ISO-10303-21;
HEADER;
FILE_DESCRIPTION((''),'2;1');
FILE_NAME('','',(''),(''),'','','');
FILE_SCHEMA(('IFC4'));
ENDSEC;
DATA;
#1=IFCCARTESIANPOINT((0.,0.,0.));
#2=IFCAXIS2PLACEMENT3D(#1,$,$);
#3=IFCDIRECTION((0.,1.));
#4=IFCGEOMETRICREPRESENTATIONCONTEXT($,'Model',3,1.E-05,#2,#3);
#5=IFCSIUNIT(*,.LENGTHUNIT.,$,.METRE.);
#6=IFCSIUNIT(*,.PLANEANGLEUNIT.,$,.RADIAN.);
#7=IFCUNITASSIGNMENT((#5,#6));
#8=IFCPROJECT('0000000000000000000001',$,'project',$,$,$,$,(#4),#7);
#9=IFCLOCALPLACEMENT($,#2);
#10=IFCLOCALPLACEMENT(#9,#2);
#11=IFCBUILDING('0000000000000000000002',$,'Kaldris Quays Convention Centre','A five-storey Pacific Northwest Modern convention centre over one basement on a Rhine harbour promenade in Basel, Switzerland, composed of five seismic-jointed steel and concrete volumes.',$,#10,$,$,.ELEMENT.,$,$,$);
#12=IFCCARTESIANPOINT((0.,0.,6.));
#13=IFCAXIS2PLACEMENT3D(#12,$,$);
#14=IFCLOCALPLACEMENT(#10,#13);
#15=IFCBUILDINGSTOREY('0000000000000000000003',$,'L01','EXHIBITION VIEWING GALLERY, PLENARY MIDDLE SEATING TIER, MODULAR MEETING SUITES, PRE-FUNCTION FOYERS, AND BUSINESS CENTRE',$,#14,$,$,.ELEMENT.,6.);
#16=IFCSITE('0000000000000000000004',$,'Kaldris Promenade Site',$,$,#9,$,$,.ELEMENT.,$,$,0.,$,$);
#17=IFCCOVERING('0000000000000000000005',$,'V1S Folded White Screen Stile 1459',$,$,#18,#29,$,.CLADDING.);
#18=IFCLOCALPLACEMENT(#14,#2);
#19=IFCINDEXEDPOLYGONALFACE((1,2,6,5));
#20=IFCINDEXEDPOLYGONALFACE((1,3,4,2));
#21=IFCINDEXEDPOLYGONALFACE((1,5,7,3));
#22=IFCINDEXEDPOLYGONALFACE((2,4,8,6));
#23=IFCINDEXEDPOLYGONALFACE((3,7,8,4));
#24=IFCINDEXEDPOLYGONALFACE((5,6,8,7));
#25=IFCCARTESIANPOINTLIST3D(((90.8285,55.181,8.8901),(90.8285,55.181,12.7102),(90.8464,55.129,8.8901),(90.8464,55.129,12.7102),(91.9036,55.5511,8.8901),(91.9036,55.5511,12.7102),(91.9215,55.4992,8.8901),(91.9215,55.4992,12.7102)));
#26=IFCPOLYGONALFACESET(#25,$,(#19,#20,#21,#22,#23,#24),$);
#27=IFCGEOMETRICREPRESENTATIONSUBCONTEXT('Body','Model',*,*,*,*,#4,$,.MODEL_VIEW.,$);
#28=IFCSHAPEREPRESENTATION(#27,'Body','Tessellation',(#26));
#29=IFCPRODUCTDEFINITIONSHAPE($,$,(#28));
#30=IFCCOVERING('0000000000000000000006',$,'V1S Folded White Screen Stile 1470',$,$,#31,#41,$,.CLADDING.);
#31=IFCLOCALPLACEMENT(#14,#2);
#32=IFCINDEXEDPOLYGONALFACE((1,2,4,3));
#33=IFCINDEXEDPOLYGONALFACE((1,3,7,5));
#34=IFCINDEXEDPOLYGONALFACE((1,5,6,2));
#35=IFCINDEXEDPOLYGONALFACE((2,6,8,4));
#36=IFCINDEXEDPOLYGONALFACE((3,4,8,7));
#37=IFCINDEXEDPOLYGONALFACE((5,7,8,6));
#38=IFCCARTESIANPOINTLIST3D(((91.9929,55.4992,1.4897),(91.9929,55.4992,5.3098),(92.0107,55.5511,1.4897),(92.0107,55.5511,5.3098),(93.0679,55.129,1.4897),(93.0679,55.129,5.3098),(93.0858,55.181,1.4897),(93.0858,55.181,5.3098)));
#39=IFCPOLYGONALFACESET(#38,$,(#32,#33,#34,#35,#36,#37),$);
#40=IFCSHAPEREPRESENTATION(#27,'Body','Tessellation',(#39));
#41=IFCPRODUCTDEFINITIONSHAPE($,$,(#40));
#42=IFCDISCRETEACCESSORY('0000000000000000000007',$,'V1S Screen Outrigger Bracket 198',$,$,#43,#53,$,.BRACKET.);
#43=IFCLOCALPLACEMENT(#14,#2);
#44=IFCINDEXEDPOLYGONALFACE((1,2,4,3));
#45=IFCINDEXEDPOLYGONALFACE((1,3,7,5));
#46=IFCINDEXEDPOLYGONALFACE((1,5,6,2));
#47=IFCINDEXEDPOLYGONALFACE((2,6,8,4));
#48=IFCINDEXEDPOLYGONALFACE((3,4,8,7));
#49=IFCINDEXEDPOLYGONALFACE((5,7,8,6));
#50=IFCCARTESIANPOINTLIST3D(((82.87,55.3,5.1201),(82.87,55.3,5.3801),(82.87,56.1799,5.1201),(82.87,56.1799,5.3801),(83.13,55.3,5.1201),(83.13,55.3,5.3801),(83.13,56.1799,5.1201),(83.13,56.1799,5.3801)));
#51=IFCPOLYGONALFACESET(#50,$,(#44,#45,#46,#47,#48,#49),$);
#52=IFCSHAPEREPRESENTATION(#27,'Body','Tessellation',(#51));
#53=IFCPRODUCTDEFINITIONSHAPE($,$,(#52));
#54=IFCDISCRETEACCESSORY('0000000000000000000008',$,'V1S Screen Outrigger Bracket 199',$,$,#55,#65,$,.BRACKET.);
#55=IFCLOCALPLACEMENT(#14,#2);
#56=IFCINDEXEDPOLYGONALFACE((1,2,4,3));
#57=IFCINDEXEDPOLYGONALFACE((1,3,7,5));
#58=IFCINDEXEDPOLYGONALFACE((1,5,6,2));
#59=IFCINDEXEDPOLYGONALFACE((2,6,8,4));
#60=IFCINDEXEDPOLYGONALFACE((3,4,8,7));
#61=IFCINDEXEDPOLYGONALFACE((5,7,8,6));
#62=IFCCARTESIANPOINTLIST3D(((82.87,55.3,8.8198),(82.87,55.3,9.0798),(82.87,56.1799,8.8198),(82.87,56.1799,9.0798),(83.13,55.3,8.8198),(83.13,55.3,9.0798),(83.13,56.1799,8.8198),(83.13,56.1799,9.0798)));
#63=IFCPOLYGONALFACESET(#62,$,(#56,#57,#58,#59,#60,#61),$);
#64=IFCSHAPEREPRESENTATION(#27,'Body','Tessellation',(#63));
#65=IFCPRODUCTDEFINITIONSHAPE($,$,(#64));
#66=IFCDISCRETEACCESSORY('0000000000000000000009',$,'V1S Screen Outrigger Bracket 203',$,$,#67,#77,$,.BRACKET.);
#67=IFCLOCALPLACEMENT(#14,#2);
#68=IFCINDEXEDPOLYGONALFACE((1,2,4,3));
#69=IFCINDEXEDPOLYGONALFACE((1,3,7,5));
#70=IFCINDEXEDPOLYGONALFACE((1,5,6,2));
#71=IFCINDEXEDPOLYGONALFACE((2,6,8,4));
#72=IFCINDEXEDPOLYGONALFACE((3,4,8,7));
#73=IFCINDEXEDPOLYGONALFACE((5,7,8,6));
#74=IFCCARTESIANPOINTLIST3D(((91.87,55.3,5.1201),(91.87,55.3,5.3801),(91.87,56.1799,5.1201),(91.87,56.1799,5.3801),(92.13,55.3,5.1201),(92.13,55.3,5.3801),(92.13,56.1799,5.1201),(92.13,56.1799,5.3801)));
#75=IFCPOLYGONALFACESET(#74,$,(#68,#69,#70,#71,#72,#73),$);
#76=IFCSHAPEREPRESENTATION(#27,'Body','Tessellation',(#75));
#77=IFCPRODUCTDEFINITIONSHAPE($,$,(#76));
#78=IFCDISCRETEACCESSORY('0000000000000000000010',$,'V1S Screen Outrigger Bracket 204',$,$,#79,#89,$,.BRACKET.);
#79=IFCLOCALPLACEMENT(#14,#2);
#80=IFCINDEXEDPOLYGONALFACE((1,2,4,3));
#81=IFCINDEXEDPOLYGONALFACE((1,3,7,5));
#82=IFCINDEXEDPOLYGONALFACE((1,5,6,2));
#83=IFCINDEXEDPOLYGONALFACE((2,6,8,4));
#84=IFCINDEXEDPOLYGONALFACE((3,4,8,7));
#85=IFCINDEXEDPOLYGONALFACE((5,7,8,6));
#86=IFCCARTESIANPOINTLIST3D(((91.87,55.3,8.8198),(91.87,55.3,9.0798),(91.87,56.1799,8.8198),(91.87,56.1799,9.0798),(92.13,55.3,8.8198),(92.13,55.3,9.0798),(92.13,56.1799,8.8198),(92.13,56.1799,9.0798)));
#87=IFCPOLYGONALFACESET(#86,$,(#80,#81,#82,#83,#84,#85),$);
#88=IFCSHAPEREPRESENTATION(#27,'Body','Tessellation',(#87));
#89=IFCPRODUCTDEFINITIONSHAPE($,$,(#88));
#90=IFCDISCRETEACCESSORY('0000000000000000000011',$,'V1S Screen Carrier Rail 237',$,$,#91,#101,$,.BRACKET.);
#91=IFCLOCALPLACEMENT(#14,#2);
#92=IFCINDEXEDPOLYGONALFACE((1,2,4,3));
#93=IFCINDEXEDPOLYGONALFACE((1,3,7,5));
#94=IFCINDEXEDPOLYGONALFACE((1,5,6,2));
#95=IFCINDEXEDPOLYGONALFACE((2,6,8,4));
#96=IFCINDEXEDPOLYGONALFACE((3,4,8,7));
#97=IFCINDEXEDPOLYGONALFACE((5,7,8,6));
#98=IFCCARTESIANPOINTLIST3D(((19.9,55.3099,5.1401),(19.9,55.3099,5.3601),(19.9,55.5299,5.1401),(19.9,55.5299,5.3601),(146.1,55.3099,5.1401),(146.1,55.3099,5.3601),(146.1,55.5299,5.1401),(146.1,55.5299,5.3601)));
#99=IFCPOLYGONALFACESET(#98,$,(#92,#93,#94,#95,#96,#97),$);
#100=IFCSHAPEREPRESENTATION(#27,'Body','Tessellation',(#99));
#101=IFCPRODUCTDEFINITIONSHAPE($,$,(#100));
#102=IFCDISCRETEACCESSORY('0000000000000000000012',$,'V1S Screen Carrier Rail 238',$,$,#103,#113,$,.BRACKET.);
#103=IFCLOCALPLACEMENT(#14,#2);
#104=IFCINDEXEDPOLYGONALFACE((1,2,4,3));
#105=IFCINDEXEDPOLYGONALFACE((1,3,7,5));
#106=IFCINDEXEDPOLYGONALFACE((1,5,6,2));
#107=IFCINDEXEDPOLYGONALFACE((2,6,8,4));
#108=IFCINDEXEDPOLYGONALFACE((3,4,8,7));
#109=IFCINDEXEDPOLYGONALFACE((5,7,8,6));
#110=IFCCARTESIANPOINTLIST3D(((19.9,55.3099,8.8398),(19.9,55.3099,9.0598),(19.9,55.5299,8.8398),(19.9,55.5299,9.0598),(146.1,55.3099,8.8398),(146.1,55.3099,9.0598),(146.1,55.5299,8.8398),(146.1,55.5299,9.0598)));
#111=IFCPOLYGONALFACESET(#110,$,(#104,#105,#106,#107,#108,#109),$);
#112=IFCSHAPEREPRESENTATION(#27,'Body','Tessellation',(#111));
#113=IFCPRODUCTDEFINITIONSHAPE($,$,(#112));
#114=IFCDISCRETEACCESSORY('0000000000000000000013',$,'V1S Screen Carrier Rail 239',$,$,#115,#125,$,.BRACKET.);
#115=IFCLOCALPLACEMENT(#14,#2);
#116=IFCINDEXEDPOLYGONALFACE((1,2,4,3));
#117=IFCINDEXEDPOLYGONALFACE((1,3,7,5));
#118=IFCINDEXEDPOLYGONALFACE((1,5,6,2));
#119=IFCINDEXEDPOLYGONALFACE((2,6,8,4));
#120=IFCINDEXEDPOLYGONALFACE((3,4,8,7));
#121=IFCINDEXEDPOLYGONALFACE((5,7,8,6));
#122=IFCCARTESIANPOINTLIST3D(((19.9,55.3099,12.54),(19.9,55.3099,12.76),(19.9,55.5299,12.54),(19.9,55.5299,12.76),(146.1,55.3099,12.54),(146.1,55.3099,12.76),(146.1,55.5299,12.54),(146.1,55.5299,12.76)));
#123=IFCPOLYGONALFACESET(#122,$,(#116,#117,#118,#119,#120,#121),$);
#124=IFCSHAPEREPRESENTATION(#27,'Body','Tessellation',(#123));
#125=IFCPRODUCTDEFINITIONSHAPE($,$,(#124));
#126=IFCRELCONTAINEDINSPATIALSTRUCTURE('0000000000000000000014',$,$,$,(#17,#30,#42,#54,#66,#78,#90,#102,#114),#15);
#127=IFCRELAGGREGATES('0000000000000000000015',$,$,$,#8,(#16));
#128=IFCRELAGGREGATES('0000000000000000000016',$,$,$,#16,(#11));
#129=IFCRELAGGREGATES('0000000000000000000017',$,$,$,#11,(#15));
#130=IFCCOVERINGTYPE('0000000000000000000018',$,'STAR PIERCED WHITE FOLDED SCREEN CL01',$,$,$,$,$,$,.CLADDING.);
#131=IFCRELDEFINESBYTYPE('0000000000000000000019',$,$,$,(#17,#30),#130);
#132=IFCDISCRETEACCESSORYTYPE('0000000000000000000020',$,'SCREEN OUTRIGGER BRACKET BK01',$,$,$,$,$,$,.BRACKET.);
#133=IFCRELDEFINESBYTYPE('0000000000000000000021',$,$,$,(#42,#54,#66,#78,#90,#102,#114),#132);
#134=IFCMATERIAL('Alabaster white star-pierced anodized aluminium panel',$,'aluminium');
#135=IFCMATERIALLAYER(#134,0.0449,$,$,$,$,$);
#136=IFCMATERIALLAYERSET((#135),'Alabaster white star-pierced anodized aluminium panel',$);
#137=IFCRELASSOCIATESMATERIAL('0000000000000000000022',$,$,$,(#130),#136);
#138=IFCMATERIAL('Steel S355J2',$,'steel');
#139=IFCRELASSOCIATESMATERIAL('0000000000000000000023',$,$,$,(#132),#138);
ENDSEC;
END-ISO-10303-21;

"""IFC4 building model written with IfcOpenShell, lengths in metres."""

from ifc_helpers import new_model, si_unit, direction, frame, origin, origin_2d, place, context, subcontext, project, spatial, rectangle, extrude, material, layer, layer_set, type_object, element, save


model = new_model("IFC4")

# Units and contexts
model_context = context("Model", 3, precision=1e-05, world=origin(), true_north=direction((0.0, 1.0)))
body_context = subcontext(model_context, "Body", "Model", "MODEL_VIEW")
ifc_project = project(units=[si_unit("LENGTHUNIT", "METRE"), si_unit("PLANEANGLEUNIT", "RADIAN")], contexts=[model_context])

# Site, building, storey
site_placement = place(None, origin())
site = spatial("IfcSite", under=ifc_project, at=site_placement, Name="Kaldris Promenade Site", CompositionType="ELEMENT", RefElevation=0.0)
building_placement = place(site_placement, origin())
building = spatial("IfcBuilding", under=site, at=building_placement, Name="Kaldris Quays Convention Centre", Description="A five-storey Pacific Northwest Modern convention centre over one basement on a Rhine harbour promenade in Basel, Switzerland, composed of five seismic-jointed steel and concrete volumes.", CompositionType="ELEMENT")
storey_placement = place(building_placement, frame((0.0, 0.0, 6.0)))
storey = spatial("IfcBuildingStorey", under=building, at=storey_placement, Name="L01", Description="EXHIBITION VIEWING GALLERY, PLENARY MIDDLE SEATING TIER, MODULAR MEETING SUITES, PRE-FUNCTION FOYERS, AND BUSINESS CENTRE", CompositionType="ELEMENT", Elevation=6.0)

# Coverings
ifc_material_1 = material(Name="Alabaster white star-pierced anodized aluminium panel", Category="aluminium")
ifc_layer = layer(ifc_material_1, 0.0449)
ifc_layer_set = layer_set([ifc_layer], Name="Alabaster white star-pierced anodized aluminium panel")
covering_type = type_object("IfcCoveringType", Name="STAR PIERCED WHITE FOLDED SCREEN CL01", PredefinedType="CLADDING", material=ifc_layer_set)
for number, where, z_axis, x_axis, name in (
    (1, (91.375, 55.3401, 8.8901), (0.0, 0.0, 1.0), (0.945519, 0.325568, 0.0), "V1S Folded White Screen Stile 1459"),
    (2, (92.5393, 55.3401, 1.4897), (0.0, 0.0, 1.0), (0.945519, -0.325568, 0.0), "V1S Folded White Screen Stile 1470"),
):
    element("IfcCovering", number, at=place(storey_placement, frame(where, z_axis=z_axis, x_axis=x_axis)), inside=storey, type_object=covering_type, Name=name, PredefinedType="CLADDING", context=body_context, shape_type="SweptSolid", body=[
        extrude(rectangle(XDim=1.137, YDim=0.0549, at=origin_2d()), origin(), (0.0, 0.0, 1.0), 3.8201),
    ])

# Discrete accessories
ifc_material_2 = material(Name="Steel S355J2", Category="steel")
discrete_accessory_type = type_object("IfcDiscreteAccessoryType", Name="SCREEN OUTRIGGER BRACKET BK01", PredefinedType="BRACKET", material=ifc_material_2)
for number, where, z_axis, x_axis, name in (
    (3, (83.0, 55.74, 5.1201), (0.0, 0.0, 1.0), (1.0, 0.0, 0.0), "V1S Screen Outrigger Bracket 198"),
    (4, (83.0, 55.74, 8.8198), (0.0, 0.0, 1.0), (1.0, 0.0, 0.0), "V1S Screen Outrigger Bracket 199"),
    (5, (92.0, 55.74, 5.1201), (0.0, 0.0, 1.0), (1.0, 0.0, 0.0), "V1S Screen Outrigger Bracket 203"),
    (6, (92.0, 55.74, 8.8198), (0.0, 0.0, 1.0), (1.0, 0.0, 0.0), "V1S Screen Outrigger Bracket 204"),
):
    element("IfcDiscreteAccessory", number, at=place(storey_placement, frame(where, z_axis=z_axis, x_axis=x_axis)), inside=storey, type_object=discrete_accessory_type, Name=name, PredefinedType="BRACKET", context=body_context, shape_type="SweptSolid", body=[
        extrude(rectangle(XDim=0.26, YDim=0.8799, at=origin_2d()), origin(), (0.0, 0.0, 1.0), 0.26),
    ])
for number, where, z_axis, x_axis, name in (
    (7, (83.0, 55.4199, 5.1401), (0.0, 0.0, 1.0), (1.0, 0.0, 0.0), "V1S Screen Carrier Rail 237"),
    (8, (83.0, 55.4199, 8.8398), (0.0, 0.0, 1.0), (1.0, 0.0, 0.0), "V1S Screen Carrier Rail 238"),
    (9, (83.0, 55.4199, 12.54), (0.0, 0.0, 1.0), (1.0, 0.0, 0.0), "V1S Screen Carrier Rail 239"),
):
    element("IfcDiscreteAccessory", number, at=place(storey_placement, frame(where, z_axis=z_axis, x_axis=x_axis)), inside=storey, type_object=discrete_accessory_type, Name=name, PredefinedType="BRACKET", context=body_context, shape_type="SweptSolid", body=[
        extrude(rectangle(XDim=126.2, YDim=0.22, at=origin_2d()), origin(), (0.0, 0.0, 1.0), 0.22),
    ])

save(model, "model.ifc")
